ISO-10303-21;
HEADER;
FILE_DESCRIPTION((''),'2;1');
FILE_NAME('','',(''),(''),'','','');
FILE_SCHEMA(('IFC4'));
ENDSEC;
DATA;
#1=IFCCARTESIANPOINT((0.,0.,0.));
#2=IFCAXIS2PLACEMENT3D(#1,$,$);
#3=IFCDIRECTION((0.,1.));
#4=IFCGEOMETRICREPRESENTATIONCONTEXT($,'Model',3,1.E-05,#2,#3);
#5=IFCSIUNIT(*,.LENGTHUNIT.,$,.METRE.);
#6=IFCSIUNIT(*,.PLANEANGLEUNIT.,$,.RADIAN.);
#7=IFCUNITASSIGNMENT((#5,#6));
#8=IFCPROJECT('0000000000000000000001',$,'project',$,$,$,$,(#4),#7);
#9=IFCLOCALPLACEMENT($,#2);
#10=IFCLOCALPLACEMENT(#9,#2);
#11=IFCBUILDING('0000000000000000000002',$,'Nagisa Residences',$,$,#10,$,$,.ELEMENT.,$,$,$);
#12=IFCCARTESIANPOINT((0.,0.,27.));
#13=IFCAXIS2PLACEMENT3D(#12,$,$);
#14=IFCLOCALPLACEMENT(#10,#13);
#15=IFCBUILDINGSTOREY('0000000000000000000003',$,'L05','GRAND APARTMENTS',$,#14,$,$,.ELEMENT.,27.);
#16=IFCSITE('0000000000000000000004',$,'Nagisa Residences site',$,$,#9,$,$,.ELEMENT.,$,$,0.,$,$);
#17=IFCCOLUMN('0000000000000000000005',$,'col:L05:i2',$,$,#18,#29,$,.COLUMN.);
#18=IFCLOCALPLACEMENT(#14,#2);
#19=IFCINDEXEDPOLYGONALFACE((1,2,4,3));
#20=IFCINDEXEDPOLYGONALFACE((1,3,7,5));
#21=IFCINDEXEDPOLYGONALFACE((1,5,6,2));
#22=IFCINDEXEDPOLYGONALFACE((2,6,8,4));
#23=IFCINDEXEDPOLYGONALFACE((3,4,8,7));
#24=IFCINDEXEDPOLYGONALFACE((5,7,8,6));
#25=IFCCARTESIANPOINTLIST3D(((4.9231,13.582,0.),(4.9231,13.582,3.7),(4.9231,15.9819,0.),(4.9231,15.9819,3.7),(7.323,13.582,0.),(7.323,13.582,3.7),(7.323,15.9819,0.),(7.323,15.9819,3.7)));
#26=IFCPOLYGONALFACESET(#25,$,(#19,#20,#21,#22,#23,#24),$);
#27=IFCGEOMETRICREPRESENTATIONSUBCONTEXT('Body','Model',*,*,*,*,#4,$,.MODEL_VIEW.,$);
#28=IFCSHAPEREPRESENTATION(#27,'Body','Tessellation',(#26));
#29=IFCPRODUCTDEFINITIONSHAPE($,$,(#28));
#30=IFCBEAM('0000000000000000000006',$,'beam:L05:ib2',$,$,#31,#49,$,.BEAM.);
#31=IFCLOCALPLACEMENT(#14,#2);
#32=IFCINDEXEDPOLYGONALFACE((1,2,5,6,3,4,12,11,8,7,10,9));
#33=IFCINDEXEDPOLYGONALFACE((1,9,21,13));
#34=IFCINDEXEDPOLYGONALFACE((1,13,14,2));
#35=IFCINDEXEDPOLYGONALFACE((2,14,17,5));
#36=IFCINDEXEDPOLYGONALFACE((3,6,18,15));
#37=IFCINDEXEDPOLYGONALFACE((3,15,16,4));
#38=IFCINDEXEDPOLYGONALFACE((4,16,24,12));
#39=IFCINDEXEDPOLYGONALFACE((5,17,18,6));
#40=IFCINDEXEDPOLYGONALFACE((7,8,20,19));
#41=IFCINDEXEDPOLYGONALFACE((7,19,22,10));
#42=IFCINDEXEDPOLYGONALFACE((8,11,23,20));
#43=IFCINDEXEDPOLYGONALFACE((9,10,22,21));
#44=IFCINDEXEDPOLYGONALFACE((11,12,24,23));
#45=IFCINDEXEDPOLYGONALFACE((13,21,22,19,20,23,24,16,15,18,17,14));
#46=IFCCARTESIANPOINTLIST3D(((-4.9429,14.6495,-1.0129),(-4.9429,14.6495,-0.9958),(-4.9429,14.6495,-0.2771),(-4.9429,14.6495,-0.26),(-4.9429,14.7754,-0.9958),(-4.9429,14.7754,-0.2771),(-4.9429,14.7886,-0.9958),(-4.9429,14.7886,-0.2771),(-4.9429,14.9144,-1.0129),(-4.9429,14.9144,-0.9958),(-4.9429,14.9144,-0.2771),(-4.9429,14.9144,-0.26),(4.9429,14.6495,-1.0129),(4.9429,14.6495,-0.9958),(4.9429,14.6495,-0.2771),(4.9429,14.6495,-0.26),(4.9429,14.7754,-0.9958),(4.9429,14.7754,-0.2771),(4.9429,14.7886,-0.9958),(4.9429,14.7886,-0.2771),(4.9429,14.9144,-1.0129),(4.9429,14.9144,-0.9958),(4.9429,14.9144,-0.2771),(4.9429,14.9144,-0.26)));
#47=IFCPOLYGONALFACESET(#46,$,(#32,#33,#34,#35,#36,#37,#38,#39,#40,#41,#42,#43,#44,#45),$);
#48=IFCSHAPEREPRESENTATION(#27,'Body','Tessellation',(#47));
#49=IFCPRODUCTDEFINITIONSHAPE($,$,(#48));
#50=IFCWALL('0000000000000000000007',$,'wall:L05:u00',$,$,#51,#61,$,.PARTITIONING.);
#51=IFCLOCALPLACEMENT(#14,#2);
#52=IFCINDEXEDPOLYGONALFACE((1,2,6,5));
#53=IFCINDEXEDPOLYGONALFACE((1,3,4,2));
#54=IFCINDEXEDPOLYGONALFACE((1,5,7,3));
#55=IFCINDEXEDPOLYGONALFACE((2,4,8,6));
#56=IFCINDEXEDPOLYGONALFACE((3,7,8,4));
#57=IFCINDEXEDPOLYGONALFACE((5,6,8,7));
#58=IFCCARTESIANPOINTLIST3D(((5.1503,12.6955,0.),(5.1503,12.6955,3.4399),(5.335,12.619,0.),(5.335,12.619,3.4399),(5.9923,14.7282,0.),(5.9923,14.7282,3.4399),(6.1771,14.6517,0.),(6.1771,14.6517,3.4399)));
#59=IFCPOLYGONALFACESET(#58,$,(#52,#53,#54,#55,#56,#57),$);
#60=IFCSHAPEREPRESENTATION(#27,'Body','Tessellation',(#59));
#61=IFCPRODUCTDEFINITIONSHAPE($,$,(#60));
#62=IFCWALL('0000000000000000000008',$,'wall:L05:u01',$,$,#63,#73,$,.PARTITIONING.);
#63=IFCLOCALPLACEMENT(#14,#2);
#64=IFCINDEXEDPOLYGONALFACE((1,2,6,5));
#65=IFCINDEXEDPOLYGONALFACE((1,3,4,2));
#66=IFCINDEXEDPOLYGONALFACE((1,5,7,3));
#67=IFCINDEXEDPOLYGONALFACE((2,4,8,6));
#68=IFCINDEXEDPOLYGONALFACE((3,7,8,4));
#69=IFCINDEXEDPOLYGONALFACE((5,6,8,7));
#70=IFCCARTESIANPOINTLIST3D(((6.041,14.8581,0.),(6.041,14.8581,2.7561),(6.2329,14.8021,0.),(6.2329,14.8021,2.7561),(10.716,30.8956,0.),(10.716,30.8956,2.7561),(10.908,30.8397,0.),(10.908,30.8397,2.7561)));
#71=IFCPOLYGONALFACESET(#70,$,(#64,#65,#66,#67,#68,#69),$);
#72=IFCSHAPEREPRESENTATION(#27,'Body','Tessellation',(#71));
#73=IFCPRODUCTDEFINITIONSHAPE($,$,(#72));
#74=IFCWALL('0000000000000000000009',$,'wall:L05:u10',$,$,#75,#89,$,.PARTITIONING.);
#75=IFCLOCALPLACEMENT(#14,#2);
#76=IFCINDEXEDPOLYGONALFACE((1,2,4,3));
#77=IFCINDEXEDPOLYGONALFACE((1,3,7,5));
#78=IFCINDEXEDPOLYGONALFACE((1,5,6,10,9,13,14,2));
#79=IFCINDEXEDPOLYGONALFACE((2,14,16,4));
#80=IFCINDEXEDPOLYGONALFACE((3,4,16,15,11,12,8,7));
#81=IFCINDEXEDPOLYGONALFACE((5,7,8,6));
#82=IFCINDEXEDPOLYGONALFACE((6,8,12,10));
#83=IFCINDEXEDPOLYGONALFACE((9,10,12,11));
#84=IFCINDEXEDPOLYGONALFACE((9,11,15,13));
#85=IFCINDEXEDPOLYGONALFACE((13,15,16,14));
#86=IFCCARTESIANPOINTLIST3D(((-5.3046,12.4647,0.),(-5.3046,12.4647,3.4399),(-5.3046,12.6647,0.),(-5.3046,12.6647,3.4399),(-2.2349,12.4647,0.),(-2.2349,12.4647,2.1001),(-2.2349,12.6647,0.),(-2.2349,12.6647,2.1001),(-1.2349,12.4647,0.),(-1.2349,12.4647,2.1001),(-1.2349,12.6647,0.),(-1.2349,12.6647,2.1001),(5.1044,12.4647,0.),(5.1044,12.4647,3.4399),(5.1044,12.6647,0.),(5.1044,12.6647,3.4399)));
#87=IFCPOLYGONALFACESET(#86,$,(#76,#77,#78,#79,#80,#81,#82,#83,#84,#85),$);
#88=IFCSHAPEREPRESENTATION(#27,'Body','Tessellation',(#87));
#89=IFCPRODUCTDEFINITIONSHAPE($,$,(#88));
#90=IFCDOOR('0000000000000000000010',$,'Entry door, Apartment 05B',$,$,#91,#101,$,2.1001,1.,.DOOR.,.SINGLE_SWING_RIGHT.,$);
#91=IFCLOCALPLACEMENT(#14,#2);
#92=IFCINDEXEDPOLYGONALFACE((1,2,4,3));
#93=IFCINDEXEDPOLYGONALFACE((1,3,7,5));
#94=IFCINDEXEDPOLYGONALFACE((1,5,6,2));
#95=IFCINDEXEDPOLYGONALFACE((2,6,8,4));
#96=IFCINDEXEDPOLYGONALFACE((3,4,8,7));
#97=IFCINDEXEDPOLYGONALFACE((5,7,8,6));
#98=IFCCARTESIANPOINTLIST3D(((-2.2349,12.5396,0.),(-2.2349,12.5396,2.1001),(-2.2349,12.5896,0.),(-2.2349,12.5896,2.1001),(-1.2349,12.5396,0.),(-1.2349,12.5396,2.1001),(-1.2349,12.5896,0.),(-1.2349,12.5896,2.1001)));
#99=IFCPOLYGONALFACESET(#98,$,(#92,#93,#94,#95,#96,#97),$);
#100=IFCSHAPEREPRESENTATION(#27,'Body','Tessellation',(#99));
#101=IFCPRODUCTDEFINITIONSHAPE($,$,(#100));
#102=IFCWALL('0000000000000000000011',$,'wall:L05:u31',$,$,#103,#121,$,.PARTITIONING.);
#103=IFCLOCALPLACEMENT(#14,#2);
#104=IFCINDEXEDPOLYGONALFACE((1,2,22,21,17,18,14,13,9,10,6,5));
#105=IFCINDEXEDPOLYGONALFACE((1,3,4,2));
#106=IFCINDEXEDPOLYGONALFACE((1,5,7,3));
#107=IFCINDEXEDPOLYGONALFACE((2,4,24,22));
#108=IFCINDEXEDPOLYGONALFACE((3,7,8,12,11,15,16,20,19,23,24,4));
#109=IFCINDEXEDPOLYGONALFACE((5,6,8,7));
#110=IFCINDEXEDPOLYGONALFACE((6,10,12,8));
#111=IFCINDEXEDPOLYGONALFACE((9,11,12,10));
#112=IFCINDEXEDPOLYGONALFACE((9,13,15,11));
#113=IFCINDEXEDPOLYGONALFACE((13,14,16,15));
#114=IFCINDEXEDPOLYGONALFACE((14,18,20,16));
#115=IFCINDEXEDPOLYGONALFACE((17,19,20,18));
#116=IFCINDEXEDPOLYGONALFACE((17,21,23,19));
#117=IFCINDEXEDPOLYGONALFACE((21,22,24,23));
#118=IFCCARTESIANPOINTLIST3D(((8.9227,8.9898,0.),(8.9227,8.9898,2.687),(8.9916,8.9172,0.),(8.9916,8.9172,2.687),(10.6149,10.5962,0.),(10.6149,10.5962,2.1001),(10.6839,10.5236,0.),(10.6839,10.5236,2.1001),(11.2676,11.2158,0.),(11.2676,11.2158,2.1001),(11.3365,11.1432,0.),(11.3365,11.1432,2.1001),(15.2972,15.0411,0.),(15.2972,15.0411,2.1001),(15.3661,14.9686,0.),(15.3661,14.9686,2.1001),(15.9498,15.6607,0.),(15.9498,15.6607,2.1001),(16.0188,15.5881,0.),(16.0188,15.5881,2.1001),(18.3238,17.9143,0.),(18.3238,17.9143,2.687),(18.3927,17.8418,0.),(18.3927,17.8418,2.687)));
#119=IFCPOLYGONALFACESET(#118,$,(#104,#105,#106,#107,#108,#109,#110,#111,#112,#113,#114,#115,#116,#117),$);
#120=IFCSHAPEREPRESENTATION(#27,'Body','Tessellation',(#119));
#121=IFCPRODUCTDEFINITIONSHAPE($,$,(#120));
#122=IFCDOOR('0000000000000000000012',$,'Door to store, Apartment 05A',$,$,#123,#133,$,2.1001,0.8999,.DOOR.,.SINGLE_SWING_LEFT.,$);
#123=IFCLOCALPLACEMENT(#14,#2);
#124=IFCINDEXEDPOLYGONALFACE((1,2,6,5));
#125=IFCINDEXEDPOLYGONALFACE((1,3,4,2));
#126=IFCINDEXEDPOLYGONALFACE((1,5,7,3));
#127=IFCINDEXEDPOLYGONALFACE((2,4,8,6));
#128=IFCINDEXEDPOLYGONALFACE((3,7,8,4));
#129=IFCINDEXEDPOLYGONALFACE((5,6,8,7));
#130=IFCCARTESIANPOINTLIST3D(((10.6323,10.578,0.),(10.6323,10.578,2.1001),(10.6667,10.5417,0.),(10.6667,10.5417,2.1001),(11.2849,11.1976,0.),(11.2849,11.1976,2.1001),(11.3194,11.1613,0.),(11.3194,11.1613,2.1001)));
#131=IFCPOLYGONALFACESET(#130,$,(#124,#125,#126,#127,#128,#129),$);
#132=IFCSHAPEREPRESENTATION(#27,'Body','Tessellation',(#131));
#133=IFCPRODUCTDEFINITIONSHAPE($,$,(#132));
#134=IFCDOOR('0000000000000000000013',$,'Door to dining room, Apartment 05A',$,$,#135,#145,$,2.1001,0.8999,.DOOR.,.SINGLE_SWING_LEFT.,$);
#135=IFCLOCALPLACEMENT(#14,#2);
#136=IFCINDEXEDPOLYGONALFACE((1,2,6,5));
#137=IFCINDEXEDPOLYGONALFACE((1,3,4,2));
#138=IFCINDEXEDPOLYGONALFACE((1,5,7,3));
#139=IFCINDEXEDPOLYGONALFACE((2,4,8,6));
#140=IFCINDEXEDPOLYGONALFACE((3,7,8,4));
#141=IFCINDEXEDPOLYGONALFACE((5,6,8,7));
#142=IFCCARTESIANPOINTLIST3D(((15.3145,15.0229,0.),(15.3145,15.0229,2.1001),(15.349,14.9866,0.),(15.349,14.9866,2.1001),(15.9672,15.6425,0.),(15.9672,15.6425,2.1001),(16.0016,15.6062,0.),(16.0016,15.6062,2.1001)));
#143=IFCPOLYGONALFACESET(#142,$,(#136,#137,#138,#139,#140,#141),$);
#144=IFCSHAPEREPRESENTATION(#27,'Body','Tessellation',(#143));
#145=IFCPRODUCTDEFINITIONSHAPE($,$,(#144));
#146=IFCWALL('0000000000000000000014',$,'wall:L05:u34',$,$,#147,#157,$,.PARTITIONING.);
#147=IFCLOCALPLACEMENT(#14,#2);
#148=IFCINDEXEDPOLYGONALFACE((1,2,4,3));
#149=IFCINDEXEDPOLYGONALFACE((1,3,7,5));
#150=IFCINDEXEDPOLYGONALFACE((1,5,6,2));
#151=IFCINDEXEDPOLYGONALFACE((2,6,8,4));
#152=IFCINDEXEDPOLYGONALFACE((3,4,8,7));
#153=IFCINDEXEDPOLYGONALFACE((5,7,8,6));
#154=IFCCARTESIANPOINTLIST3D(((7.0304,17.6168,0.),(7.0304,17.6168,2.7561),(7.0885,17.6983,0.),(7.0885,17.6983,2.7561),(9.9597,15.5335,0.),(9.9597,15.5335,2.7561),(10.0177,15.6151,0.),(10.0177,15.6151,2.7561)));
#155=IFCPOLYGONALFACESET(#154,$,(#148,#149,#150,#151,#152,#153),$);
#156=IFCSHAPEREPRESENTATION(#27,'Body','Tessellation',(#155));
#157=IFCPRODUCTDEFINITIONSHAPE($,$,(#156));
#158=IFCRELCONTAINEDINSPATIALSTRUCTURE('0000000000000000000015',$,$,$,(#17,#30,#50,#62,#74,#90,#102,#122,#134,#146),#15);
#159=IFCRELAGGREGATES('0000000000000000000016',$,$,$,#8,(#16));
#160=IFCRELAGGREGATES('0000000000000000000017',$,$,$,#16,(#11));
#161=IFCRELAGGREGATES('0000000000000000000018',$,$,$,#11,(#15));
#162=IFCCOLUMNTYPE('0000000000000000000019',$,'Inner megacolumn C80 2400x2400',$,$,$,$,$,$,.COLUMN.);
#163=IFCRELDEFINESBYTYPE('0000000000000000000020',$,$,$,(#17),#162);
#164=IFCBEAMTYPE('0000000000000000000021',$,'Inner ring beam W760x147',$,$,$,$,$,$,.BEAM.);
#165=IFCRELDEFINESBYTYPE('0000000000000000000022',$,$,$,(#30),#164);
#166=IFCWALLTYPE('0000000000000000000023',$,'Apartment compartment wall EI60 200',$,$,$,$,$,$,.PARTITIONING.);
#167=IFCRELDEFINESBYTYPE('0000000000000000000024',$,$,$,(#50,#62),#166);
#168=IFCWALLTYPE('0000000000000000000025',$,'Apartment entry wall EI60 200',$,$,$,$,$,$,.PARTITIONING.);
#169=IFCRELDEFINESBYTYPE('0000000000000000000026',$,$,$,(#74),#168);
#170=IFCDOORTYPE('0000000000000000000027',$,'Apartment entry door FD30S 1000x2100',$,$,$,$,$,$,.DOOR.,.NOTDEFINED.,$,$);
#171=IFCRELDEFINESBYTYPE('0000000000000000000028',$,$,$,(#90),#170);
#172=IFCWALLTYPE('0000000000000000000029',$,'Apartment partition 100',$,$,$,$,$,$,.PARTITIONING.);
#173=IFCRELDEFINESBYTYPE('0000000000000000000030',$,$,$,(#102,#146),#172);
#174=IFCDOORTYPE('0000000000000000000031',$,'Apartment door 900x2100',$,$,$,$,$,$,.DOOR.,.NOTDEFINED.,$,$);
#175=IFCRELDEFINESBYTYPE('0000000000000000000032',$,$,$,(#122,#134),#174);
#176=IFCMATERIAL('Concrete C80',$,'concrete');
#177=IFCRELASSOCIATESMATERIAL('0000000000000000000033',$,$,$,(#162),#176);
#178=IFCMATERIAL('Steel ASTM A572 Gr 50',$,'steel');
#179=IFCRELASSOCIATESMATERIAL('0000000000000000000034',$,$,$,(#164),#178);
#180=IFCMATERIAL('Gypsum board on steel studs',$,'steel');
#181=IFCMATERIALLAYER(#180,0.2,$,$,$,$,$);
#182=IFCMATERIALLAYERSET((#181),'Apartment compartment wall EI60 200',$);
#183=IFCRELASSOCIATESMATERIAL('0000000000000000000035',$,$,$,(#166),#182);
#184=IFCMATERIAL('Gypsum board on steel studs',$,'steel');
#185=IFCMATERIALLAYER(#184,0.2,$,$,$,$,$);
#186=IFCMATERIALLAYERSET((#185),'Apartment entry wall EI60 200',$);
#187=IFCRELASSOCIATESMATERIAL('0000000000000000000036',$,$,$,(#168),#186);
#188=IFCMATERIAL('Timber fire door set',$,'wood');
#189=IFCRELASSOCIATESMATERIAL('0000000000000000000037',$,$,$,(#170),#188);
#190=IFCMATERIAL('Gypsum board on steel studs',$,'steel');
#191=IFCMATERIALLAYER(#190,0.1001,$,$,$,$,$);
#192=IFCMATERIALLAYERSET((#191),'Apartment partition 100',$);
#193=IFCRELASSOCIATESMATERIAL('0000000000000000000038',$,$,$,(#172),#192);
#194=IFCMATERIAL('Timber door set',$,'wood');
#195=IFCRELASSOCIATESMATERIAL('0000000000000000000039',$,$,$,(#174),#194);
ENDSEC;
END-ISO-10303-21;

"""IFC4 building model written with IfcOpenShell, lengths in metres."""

from ifc_helpers import new_model, si_unit, direction, frame, frame_2d, origin, origin_2d, place, context, subcontext, project, spatial, rectangle, i_section, extrude, material, layer, layer_set, material_profile, profile_set, type_object, element, fill, save


model = new_model("IFC4")

# Units and contexts
model_context = context("Model", 3, precision=1e-05, world=origin(), true_north=direction((0.0, 1.0)))
body_context = subcontext(model_context, "Body", "Model", "MODEL_VIEW")
ifc_project = project(units=[si_unit("LENGTHUNIT", "METRE"), si_unit("PLANEANGLEUNIT", "RADIAN")], contexts=[model_context])

# Site, building, storey
site_placement = place(None, origin())
site = spatial("IfcSite", under=ifc_project, at=site_placement, Name="Nagisa Residences site", CompositionType="ELEMENT", RefElevation=0.0)
building_placement = place(site_placement, origin())
building = spatial("IfcBuilding", under=site, at=building_placement, Name="Nagisa Residences", CompositionType="ELEMENT")
storey_placement = place(building_placement, frame((0.0, 0.0, 27.0)))
storey = spatial("IfcBuildingStorey", under=building, at=storey_placement, Name="L05", Description="GRAND APARTMENTS", CompositionType="ELEMENT", Elevation=27.0)

# Column
ifc_material_1 = material(Name="Concrete C80", Category="concrete")
ifc_material_profile_1 = material_profile(ifc_material_1, rectangle(XDim=2.3999, YDim=2.3999, at=origin_2d()), Name="C80 2400x2400")
ifc_profile_set_1 = profile_set([ifc_material_profile_1], Name="Concrete C80")
column_type = type_object("IfcColumnType", Name="Inner megacolumn C80 2400x2400", PredefinedType="COLUMN", material=ifc_profile_set_1)
column_placement = place(storey_placement, frame((6.123, 14.782, 0.0), z_axis=(0.0, 0.0, 1.0), x_axis=(1.0, 0.0, 0.0)))
element("IfcColumn", 1, at=column_placement, inside=storey, type_object=column_type, Name="col:L05:i2", PredefinedType="COLUMN", context=body_context, shape_type="SweptSolid", body=[
    extrude(rectangle(XDim=2.3999, YDim=2.3999, at=origin_2d()), origin(), (0.0, 0.0, 1.0), 3.7),
])

# Beam
ifc_material_2 = material(Name="Steel ASTM A572 Gr 50", Category="steel")
ifc_material_profile_2 = material_profile(ifc_material_2, i_section(OverallWidth=0.2649, OverallDepth=0.7529, WebThickness=0.0132, FlangeThickness=0.0171, at=origin_2d()), Name="W760x147")
ifc_profile_set_2 = profile_set([ifc_material_profile_2], Name="Steel ASTM A572 Gr 50")
beam_type = type_object("IfcBeamType", Name="Inner ring beam W760x147", PredefinedType="BEAM", material=ifc_profile_set_2)
beam_placement = place(storey_placement, frame((4.9429, 14.782, -0.6365), z_axis=(-1.0, 0.0, 0.0), x_axis=(0.0, -1.0, 0.0)))
element("IfcBeam", 2, at=beam_placement, inside=storey, type_object=beam_type, Name="beam:L05:ib2", PredefinedType="BEAM", context=body_context, shape_type="SweptSolid", body=[
    extrude(i_section(OverallWidth=0.2649, OverallDepth=0.7529, WebThickness=0.0132, FlangeThickness=0.0171, at=origin_2d()), origin(), (0.0, 0.0, 1.0), 9.8857),
])

# Walls
ifc_material_3 = material(Name="Gypsum board on steel studs", Category="steel")
ifc_layer_1 = layer(ifc_material_3, 0.2)
ifc_layer_set_1 = layer_set([ifc_layer_1], Name="Apartment compartment wall EI60 200")
wall_type_1 = type_object("IfcWallType", Name="Apartment compartment wall EI60 200", PredefinedType="PARTITIONING", material=ifc_layer_set_1)
wall_1_placement = place(storey_placement, frame((5.2427, 12.6572, 0.0), z_axis=(0.0, 0.0, 1.0), x_axis=(0.382708, 0.923869, 0.0)))
element("IfcWall", 3, at=wall_1_placement, inside=storey, type_object=wall_type_1, Name="wall:L05:u00", PredefinedType="PARTITIONING", context=body_context, shape_type="SweptSolid", body=[
    extrude(rectangle(XDim=2.2002, YDim=0.2, at=frame_2d((1.1001, 0.0))), origin(), (0.0, 0.0, 1.0), 3.4399),
])
wall_2_placement = place(storey_placement, frame((6.137, 14.8301, 0.0), z_axis=(0.0, 0.0, 1.0), x_axis=(0.279857, 0.960042, 0.0)))
element("IfcWall", 4, at=wall_2_placement, inside=storey, type_object=wall_type_1, Name="wall:L05:u01", PredefinedType="PARTITIONING", context=body_context, shape_type="SweptSolid", body=[
    extrude(rectangle(XDim=16.7051, YDim=0.2, at=frame_2d((8.3525, 0.0))), origin(), (0.0, 0.0, 1.0), 2.7561),
])

# Wall, opening, door
ifc_material_4 = material(Name="Gypsum board on steel studs", Category="steel")
ifc_layer_2 = layer(ifc_material_4, 0.2)
ifc_layer_set_2 = layer_set([ifc_layer_2], Name="Apartment entry wall EI60 200")
wall_type_2 = type_object("IfcWallType", Name="Apartment entry wall EI60 200", PredefinedType="PARTITIONING", material=ifc_layer_set_2)
wall_3_placement = place(storey_placement, frame((5.1045, 12.5647, 0.0), z_axis=(0.0, 0.0, 1.0), x_axis=(-1.0, 0.0, 0.0)))
wall_3 = element("IfcWall", 5, at=wall_3_placement, inside=storey, type_object=wall_type_2, Name="wall:L05:u10", PredefinedType="PARTITIONING", context=body_context, shape_type="SweptSolid", body=[
    extrude(rectangle(XDim=10.4089, YDim=0.2, at=frame_2d((5.2046, 0.0))), origin(), (0.0, 0.0, 1.0), 3.4399),
])
opening_1_placement = place(wall_3_placement, frame((6.3394, 0.0, 0.0)))
opening_1 = element("IfcOpeningElement", 6, at=opening_1_placement, cuts=wall_3, PredefinedType="OPENING", context=body_context, shape_type="SweptSolid", body=[
    extrude(rectangle(XDim=1.0, YDim=2.1001, at=frame_2d((0.5, 1.05))), frame((0.0, 0.1099, 0.0), z_axis=(0.0, -1.0, 0.0), x_axis=(1.0, 0.0, 0.0)), (0.0, 0.0, 1.0), 0.22),
])
ifc_material_5 = material(Name="Timber fire door set", Category="wood")
door_type_1 = type_object("IfcDoorType", Name="Apartment entry door FD30S 1000x2100", OperationType="NOTDEFINED", PredefinedType="DOOR", material=ifc_material_5)
door_1_placement = place(opening_1_placement, frame((1.0, 0.0, 0.0), x_axis=(-1.0, 0.0, 0.0)))
door_1 = element("IfcDoor", 7, at=door_1_placement, inside=storey, type_object=door_type_1, Name="Entry door, Apartment 05B", OperationType="SINGLE_SWING_RIGHT", OverallHeight=2.1001, OverallWidth=1.0, PredefinedType="DOOR", context=body_context, shape_type="SweptSolid", body=[
    extrude(rectangle(XDim=1.0, YDim=2.1001, at=frame_2d((0.5, 1.05))), frame((0.0, 0.0249, 0.0), z_axis=(0.0, -1.0, 0.0), x_axis=(1.0, 0.0, 0.0)), (0.0, 0.0, 1.0), 0.05),
])
fill(opening_1, door_1)

# Wall, openings, doors
ifc_material_6 = material(Name="Gypsum board on steel studs", Category="steel")
ifc_layer_3 = layer(ifc_material_6, 0.1001)
ifc_layer_set_3 = layer_set([ifc_layer_3], Name="Apartment partition 100")
wall_type_3 = type_object("IfcWallType", Name="Apartment partition 100", PredefinedType="PARTITIONING", material=ifc_layer_set_3)
wall_4_placement = place(storey_placement, frame((8.957, 8.9534, 0.0), z_axis=(0.0, 0.0, 1.0), x_axis=(0.72525, 0.688486, 0.0)))
wall_4 = element("IfcWall", 8, at=wall_4_placement, inside=storey, type_object=wall_type_3, Name="wall:L05:u31", PredefinedType="PARTITIONING", context=body_context, shape_type="SweptSolid", body=[
    extrude(rectangle(XDim=12.9626, YDim=0.1001, at=frame_2d((6.4814, 0.0))), origin(), (0.0, 0.0, 1.0), 2.687),
])
opening_2_placement = place(wall_4_placement, frame((2.3335, 0.0, 0.0)))
opening_2 = element("IfcOpeningElement", 9, at=opening_2_placement, cuts=wall_4, PredefinedType="OPENING", context=body_context, shape_type="SweptSolid", body=[
    extrude(rectangle(XDim=0.8999, YDim=2.1001, at=frame_2d((0.45, 1.05))), frame((0.0, 0.0601, 0.0), z_axis=(0.0, -1.0, 0.0), x_axis=(1.0, 0.0, 0.0)), (0.0, 0.0, 1.0), 0.1201),
])
opening_3_placement = place(wall_4_placement, frame((8.7896, 0.0, 0.0)))
opening_3 = element("IfcOpeningElement", 10, at=opening_3_placement, cuts=wall_4, PredefinedType="OPENING", context=body_context, shape_type="SweptSolid", body=[
    extrude(rectangle(XDim=0.8999, YDim=2.1001, at=frame_2d((0.45, 1.05))), frame((0.0, 0.0601, 0.0), z_axis=(0.0, -1.0, 0.0), x_axis=(1.0, 0.0, 0.0)), (0.0, 0.0, 1.0), 0.1201),
])
ifc_material_7 = material(Name="Timber door set", Category="wood")
door_type_2 = type_object("IfcDoorType", Name="Apartment door 900x2100", OperationType="NOTDEFINED", PredefinedType="DOOR", material=ifc_material_7)
door_2_placement = place(opening_2_placement, origin())
door_2 = element("IfcDoor", 11, at=door_2_placement, inside=storey, type_object=door_type_2, Name="Door to store, Apartment 05A", OperationType="SINGLE_SWING_LEFT", OverallHeight=2.1001, OverallWidth=0.8999, PredefinedType="DOOR", context=body_context, shape_type="SweptSolid", body=[
    extrude(rectangle(XDim=0.8999, YDim=2.1001, at=frame_2d((0.45, 1.05))), frame((0.0, 0.0249, 0.0), z_axis=(0.0, -1.0, 0.0), x_axis=(1.0, 0.0, 0.0)), (0.0, 0.0, 1.0), 0.05),
])
fill(opening_2, door_2)
door_3_placement = place(opening_3_placement, origin())
door_3 = element("IfcDoor", 12, at=door_3_placement, inside=storey, type_object=door_type_2, Name="Door to dining room, Apartment 05A", OperationType="SINGLE_SWING_LEFT", OverallHeight=2.1001, OverallWidth=0.8999, PredefinedType="DOOR", context=body_context, shape_type="SweptSolid", body=[
    extrude(rectangle(XDim=0.8999, YDim=2.1001, at=frame_2d((0.45, 1.05))), frame((0.0, 0.0249, 0.0), z_axis=(0.0, -1.0, 0.0), x_axis=(1.0, 0.0, 0.0)), (0.0, 0.0, 1.0), 0.05),
])
fill(opening_3, door_3)

# Wall
wall_5_placement = place(storey_placement, frame((9.9888, 15.5742, 0.0), z_axis=(0.0, 0.0, 1.0), x_axis=(-0.81492, 0.579573, 0.0)))
element("IfcWall", 13, at=wall_5_placement, inside=storey, type_object=wall_type_3, Name="wall:L05:u34", PredefinedType="PARTITIONING", context=body_context, shape_type="SweptSolid", body=[
    extrude(rectangle(XDim=3.5945, YDim=0.1001, at=frame_2d((1.7974, 0.0))), origin(), (0.0, 0.0, 1.0), 2.7561),
])

save(model, "model.ifc")
